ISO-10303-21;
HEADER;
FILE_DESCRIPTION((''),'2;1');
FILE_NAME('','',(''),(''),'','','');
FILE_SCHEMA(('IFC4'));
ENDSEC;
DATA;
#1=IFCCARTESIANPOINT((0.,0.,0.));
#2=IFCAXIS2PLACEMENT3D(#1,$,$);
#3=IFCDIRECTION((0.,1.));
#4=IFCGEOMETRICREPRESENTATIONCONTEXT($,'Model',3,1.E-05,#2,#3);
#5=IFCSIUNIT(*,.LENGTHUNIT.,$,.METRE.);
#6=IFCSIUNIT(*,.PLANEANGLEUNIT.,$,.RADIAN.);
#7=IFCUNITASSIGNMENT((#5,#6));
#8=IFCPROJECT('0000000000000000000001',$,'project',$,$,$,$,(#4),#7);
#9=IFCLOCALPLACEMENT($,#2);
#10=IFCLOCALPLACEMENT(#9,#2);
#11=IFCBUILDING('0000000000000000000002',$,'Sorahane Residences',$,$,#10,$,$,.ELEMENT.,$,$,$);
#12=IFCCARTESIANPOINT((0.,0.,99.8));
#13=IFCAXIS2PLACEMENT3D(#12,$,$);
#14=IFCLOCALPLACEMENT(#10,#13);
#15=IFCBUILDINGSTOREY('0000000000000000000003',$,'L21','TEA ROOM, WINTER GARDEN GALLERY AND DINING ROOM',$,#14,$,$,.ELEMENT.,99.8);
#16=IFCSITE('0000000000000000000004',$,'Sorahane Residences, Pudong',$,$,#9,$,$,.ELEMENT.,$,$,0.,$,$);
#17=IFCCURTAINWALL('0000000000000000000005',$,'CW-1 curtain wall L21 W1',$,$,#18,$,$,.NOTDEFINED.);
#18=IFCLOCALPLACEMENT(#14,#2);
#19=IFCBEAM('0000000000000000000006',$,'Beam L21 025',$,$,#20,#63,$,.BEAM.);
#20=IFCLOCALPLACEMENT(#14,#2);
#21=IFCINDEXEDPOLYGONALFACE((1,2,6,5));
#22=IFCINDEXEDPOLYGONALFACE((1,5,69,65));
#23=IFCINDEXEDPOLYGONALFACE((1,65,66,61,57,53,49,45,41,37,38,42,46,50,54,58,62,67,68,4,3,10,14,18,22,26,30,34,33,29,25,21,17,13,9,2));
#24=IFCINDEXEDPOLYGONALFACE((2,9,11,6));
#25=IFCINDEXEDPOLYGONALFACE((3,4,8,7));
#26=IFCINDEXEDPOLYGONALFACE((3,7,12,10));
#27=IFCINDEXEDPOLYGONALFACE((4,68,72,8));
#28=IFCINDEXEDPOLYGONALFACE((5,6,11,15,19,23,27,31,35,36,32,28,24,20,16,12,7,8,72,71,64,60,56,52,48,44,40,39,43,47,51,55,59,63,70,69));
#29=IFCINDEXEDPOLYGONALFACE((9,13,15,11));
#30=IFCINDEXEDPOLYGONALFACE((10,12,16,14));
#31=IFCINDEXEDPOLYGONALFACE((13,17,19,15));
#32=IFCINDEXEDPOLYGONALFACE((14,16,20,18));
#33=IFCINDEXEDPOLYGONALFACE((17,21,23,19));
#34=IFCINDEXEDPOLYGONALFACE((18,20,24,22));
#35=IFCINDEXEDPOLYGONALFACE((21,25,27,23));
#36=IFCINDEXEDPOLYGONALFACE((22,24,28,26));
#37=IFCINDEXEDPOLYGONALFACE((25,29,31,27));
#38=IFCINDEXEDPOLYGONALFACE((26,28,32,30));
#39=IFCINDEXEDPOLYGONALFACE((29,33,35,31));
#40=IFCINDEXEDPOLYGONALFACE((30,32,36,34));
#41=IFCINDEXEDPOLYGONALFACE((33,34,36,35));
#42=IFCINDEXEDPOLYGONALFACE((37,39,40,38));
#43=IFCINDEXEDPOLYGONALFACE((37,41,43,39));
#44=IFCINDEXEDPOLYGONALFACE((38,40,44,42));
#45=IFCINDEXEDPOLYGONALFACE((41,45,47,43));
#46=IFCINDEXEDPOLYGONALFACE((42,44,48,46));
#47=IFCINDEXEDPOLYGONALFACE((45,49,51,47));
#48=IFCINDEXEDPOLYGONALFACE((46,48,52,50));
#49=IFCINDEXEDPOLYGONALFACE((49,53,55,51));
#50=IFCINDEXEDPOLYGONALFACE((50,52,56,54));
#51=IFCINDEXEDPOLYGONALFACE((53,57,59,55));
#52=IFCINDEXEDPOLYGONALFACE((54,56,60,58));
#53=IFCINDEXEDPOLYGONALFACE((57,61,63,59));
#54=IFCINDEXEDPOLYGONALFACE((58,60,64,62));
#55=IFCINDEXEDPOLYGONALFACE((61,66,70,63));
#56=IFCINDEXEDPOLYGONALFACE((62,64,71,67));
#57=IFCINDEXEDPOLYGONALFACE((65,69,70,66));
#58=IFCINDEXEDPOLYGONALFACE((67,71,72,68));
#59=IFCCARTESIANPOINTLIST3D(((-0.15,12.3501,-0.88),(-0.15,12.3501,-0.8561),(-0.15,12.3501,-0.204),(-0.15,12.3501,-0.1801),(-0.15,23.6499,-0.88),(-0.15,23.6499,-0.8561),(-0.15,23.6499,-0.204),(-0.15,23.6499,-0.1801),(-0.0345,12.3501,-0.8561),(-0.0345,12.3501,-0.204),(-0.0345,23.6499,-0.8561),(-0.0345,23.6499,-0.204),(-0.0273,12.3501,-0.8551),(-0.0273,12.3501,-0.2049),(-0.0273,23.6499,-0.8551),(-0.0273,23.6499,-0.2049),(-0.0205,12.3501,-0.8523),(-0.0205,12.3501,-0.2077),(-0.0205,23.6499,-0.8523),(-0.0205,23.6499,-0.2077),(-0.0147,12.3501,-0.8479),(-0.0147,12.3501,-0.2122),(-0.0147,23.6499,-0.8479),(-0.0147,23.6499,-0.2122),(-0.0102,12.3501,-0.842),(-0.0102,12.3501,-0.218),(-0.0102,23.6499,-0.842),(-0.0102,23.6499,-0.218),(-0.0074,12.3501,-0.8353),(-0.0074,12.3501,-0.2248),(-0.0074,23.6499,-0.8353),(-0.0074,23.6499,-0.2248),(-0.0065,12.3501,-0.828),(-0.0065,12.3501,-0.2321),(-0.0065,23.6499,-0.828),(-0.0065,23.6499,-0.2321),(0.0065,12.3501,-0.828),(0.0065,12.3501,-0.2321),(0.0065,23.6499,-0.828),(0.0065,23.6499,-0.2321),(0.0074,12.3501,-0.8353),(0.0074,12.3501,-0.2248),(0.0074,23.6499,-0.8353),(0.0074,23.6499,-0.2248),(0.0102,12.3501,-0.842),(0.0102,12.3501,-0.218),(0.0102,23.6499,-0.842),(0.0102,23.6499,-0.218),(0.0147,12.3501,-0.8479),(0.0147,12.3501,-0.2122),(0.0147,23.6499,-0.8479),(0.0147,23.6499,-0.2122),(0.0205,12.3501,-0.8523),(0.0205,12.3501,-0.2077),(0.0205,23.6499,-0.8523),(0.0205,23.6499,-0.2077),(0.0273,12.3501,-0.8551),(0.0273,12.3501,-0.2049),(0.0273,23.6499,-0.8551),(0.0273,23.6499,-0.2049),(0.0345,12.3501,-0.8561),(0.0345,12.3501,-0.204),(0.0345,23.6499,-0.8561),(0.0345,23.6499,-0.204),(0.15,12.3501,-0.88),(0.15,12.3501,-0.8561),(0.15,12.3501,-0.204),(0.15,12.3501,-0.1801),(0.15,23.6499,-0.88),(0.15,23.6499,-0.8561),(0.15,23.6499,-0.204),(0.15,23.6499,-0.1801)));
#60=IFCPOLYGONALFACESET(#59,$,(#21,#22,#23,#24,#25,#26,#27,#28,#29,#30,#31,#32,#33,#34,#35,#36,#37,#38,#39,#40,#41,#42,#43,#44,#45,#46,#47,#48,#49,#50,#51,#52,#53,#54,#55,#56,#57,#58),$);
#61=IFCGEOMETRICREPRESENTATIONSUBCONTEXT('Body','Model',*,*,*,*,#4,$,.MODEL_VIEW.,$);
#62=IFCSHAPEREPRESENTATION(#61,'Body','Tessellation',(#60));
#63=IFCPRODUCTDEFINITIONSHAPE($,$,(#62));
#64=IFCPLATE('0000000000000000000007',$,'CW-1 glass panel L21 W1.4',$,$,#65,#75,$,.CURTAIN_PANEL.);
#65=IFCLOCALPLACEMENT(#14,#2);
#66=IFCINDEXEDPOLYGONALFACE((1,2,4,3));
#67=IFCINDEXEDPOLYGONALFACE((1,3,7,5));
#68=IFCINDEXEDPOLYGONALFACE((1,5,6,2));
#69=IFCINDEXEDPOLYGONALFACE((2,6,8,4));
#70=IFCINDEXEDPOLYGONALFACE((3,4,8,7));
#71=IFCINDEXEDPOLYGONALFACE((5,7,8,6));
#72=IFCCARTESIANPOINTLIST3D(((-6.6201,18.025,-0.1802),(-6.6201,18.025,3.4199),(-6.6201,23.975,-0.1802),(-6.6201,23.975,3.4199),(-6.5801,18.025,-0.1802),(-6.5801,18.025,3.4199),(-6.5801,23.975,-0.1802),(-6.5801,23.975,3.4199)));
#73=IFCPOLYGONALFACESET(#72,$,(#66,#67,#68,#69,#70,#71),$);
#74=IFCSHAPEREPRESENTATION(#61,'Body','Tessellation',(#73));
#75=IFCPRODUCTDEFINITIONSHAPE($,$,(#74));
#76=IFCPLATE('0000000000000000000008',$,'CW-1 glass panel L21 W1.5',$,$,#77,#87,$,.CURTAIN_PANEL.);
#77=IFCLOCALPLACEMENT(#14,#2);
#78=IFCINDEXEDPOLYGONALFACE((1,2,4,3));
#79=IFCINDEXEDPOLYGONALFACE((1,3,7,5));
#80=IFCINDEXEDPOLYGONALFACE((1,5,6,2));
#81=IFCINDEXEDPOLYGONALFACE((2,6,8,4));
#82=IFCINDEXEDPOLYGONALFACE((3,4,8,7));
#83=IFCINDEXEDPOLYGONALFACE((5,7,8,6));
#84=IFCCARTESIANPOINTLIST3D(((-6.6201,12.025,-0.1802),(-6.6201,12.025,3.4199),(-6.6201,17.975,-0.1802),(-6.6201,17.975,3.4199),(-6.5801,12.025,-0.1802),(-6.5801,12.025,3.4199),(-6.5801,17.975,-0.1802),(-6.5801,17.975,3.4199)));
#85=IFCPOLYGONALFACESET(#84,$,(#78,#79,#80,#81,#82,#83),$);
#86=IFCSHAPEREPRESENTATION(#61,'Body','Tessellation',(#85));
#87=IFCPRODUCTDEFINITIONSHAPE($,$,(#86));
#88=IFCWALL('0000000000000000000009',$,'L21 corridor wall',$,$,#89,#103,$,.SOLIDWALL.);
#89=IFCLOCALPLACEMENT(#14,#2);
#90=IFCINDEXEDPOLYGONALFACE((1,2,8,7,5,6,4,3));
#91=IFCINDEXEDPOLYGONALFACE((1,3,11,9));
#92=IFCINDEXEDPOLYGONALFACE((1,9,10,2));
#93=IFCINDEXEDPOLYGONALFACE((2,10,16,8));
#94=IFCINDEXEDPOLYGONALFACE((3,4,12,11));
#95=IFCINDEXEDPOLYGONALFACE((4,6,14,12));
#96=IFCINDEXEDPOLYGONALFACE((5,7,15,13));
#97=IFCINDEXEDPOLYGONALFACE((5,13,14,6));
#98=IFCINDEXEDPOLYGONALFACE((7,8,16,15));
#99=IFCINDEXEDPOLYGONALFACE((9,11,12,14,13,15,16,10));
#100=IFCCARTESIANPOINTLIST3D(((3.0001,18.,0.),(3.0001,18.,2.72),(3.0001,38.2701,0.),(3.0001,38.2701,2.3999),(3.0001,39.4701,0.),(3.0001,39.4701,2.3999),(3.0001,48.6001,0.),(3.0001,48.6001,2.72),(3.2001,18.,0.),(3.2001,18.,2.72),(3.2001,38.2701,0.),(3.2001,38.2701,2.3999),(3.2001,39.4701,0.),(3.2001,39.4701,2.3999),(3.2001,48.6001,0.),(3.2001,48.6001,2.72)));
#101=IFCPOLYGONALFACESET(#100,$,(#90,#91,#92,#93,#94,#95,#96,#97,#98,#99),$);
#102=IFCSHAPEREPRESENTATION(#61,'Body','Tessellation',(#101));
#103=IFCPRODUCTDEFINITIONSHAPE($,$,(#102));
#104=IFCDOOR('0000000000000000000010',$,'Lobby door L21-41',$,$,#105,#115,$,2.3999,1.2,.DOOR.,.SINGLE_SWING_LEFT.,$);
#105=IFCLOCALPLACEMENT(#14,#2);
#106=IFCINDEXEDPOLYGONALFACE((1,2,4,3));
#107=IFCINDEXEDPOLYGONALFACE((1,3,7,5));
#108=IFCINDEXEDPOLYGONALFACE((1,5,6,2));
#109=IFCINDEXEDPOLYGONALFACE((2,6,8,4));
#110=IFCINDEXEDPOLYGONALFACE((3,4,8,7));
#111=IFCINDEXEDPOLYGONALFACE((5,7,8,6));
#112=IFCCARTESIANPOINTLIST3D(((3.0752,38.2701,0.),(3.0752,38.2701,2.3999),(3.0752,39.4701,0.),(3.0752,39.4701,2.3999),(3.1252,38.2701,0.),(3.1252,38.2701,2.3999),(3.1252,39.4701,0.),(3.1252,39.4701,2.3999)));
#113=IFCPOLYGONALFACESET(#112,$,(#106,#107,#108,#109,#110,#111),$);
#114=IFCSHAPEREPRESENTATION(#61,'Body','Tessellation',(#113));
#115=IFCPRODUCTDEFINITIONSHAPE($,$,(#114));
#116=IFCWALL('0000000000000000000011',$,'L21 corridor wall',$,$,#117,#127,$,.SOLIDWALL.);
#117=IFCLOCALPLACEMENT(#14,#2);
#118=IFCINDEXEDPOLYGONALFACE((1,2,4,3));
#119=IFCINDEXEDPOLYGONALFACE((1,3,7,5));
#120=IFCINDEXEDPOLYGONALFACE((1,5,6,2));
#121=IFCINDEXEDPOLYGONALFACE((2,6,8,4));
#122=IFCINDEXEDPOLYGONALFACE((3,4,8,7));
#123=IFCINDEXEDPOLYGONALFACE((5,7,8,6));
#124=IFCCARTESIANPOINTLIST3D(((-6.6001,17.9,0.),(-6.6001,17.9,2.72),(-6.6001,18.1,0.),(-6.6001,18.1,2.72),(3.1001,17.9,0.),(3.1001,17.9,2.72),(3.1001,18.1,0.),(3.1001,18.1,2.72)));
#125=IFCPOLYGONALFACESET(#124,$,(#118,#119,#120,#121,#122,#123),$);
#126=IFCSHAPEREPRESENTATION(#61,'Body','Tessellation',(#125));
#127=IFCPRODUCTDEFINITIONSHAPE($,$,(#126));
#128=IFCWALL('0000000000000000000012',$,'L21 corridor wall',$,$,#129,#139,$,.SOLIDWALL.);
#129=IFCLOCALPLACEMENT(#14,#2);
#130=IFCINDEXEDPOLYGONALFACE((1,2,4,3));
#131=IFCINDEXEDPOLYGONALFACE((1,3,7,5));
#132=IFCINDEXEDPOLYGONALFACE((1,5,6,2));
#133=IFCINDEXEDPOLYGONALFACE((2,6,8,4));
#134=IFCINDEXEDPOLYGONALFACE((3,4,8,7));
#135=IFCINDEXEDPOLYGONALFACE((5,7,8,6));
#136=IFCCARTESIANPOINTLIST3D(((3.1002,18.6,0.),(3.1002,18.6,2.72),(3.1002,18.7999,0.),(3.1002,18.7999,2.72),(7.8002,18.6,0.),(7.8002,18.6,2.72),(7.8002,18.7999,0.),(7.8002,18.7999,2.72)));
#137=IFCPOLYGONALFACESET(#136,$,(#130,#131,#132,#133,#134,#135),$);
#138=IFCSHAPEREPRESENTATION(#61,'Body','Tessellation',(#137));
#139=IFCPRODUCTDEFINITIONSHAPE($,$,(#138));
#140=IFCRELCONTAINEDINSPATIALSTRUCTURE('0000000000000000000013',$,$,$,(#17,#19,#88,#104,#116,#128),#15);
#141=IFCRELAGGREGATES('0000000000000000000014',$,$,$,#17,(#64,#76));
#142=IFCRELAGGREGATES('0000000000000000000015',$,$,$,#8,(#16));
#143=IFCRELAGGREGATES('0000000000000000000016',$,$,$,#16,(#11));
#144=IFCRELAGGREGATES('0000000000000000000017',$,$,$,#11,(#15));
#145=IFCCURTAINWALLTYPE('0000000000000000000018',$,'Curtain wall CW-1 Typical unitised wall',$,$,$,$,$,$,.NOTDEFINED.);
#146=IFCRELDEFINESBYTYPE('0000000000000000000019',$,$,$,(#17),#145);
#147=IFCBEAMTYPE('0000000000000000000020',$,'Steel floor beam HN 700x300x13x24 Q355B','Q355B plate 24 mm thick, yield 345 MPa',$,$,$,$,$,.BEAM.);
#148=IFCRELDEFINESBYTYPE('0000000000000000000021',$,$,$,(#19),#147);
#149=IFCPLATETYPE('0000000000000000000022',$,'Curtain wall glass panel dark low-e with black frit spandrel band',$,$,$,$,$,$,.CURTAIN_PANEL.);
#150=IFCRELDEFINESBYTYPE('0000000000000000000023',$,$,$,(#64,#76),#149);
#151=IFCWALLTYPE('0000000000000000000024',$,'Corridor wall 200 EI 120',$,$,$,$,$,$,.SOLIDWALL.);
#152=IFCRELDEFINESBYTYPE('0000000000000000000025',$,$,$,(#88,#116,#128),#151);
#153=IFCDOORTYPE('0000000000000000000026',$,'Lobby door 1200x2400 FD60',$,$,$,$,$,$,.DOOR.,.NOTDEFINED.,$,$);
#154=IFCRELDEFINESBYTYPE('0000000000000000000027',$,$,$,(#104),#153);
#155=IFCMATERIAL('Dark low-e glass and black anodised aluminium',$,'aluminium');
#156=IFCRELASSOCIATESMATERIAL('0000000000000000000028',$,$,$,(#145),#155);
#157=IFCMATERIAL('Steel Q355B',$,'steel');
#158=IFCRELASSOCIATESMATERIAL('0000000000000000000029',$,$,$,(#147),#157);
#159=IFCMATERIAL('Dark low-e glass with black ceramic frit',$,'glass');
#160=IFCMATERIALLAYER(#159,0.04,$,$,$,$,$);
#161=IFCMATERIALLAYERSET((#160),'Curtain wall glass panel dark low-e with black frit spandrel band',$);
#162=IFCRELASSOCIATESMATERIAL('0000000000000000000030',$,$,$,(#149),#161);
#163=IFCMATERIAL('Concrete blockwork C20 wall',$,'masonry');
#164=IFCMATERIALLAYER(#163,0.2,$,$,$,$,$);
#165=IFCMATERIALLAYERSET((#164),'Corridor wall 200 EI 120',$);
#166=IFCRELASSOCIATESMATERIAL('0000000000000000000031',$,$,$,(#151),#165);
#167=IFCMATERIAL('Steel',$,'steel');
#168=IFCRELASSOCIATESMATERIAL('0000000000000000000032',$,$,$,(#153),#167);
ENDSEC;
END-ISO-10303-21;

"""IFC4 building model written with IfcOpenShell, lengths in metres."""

from ifc_helpers import new_model, si_unit, direction, frame, frame_2d, origin, origin_2d, place, context, subcontext, project, spatial, rectangle, i_section, extrude, material, layer, layer_set, material_profile, profile_set, type_object, element, fill, aggregate, save


model = new_model("IFC4")

# Units and contexts
model_context = context("Model", 3, precision=1e-05, world=origin(), true_north=direction((0.0, 1.0)))
body_context = subcontext(model_context, "Body", "Model", "MODEL_VIEW")
ifc_project = project(units=[si_unit("LENGTHUNIT", "METRE"), si_unit("PLANEANGLEUNIT", "RADIAN")], contexts=[model_context])

# Site, building, storey
site_placement = place(None, origin())
site = spatial("IfcSite", under=ifc_project, at=site_placement, Name="Sorahane Residences, Pudong", CompositionType="ELEMENT", RefElevation=0.0)
building_placement = place(site_placement, origin())
building = spatial("IfcBuilding", under=site, at=building_placement, Name="Sorahane Residences", CompositionType="ELEMENT")
storey_placement = place(building_placement, frame((0.0, 0.0, 99.8)))
storey = spatial("IfcBuildingStorey", under=building, at=storey_placement, Name="L21", Description="TEA ROOM, WINTER GARDEN GALLERY AND DINING ROOM", CompositionType="ELEMENT", Elevation=99.8)

# Curtain wall
ifc_material_1 = material(Name="Dark low-e glass and black anodised aluminium", Category="aluminium")
curtain_wall_type = type_object("IfcCurtainWallType", Name="Curtain wall CW-1 Typical unitised wall", PredefinedType="NOTDEFINED", material=ifc_material_1)
curtain_wall_placement = place(storey_placement, origin())
curtain_wall = element("IfcCurtainWall", 1, at=curtain_wall_placement, inside=storey, type_object=curtain_wall_type, Name="CW-1 curtain wall L21 W1", PredefinedType="NOTDEFINED")

# Beam
ifc_material_2 = material(Name="Steel Q355B", Category="steel")
ifc_material_profile_1 = material_profile(ifc_material_2, i_section(OverallWidth=0.3, OverallDepth=0.7, WebThickness=0.0129, FlangeThickness=0.0239, FilletRadius=0.0281, at=origin_2d()), Name="HN 700x300x13x24")
ifc_profile_set_1 = profile_set([ifc_material_profile_1], Name="Steel Q355B")
beam_type_1 = type_object("IfcBeamType", Name="Steel floor beam HN 700x300x13x24 Q355B", Description="Q355B plate 24 mm thick, yield 345 MPa", PredefinedType="BEAM", material=ifc_profile_set_1)
beam_1_placement = place(storey_placement, frame((0.0, 12.3501, -0.53), z_axis=(0.0, 1.0, 0.0), x_axis=(-1.0, 0.0, 0.0)))
element("IfcBeam", 2, at=beam_1_placement, inside=storey, type_object=beam_type_1, Name="Beam L21 025", PredefinedType="BEAM", context=body_context, shape_type="SweptSolid", body=[
    extrude(i_section(OverallWidth=0.3, OverallDepth=0.7, WebThickness=0.0129, FlangeThickness=0.0239, FilletRadius=0.0281, at=origin_2d()), origin(), (0.0, 0.0, 1.0), 11.2998),
])

# Plates
ifc_material_3 = material(Name="Dark low-e glass with black ceramic frit", Category="glass")
ifc_layer_1 = layer(ifc_material_3, 0.04)
ifc_layer_set_1 = layer_set([ifc_layer_1], Name="Curtain wall glass panel dark low-e with black frit spandrel band")
plate_type = type_object("IfcPlateType", Name="Curtain wall glass panel dark low-e with black frit spandrel band", PredefinedType="CURTAIN_PANEL", material=ifc_layer_set_1)
plate_1_placement = place(storey_placement, frame((-6.6001, 21.0, -0.1802), z_axis=(0.0, 0.0, 1.0), x_axis=(0.0, -1.0, 0.0)))
plate_1 = element("IfcPlate", 3, at=plate_1_placement, type_object=plate_type, Name="CW-1 glass panel L21 W1.4", PredefinedType="CURTAIN_PANEL", context=body_context, shape_type="SweptSolid", body=[
    extrude(rectangle(XDim=5.95, YDim=0.04, at=origin_2d()), origin(), (0.0, 0.0, 1.0), 3.6001),
])
plate_2_placement = place(storey_placement, frame((-6.6001, 15.0, -0.1802), z_axis=(0.0, 0.0, 1.0), x_axis=(0.0, -1.0, 0.0)))
plate_2 = element("IfcPlate", 4, at=plate_2_placement, type_object=plate_type, Name="CW-1 glass panel L21 W1.5", PredefinedType="CURTAIN_PANEL", context=body_context, shape_type="SweptSolid", body=[
    extrude(rectangle(XDim=5.95, YDim=0.04, at=origin_2d()), origin(), (0.0, 0.0, 1.0), 3.6001),
])
aggregate(curtain_wall, [plate_1, plate_2])

# Wall, opening, door
ifc_material_4 = material(Name="Concrete blockwork C20 wall", Category="masonry")
ifc_layer_2 = layer(ifc_material_4, 0.2)
ifc_layer_set_2 = layer_set([ifc_layer_2], Name="Corridor wall 200 EI 120")
wall_type_1 = type_object("IfcWallType", Name="Corridor wall 200 EI 120", PredefinedType="SOLIDWALL", material=ifc_layer_set_2)
wall_1_placement = place(storey_placement, frame((3.1001, 18.0, 0.0), z_axis=(0.0, 0.0, 1.0), x_axis=(0.0, 1.0, 0.0)))
wall_1 = element("IfcWall", 5, at=wall_1_placement, inside=storey, type_object=wall_type_1, Name="L21 corridor wall", PredefinedType="SOLIDWALL", context=body_context, shape_type="SweptSolid", body=[
    extrude(rectangle(XDim=30.6001, YDim=0.2, at=frame_2d((15.3, 0.0))), origin(), (0.0, 0.0, 1.0), 2.72),
])
opening_1_placement = place(wall_1_placement, frame((20.27, 0.0, 0.0)))
opening_1 = element("IfcOpeningElement", 6, at=opening_1_placement, cuts=wall_1, PredefinedType="OPENING", context=body_context, shape_type="SweptSolid", body=[
    extrude(rectangle(XDim=1.2, YDim=2.3999, at=frame_2d((0.6001, 1.2))), frame((0.0, 0.1099, 0.0), z_axis=(0.0, -1.0, 0.0), x_axis=(1.0, 0.0, 0.0)), (0.0, 0.0, 1.0), 0.22),
])
ifc_material_5 = material(Name="Steel", Category="steel")
door_type_1 = type_object("IfcDoorType", Name="Lobby door 1200x2400 FD60", OperationType="NOTDEFINED", PredefinedType="DOOR", material=ifc_material_5)
door_1_placement = place(opening_1_placement, origin())
door_1 = element("IfcDoor", 7, at=door_1_placement, inside=storey, type_object=door_type_1, Name="Lobby door L21-41", OperationType="SINGLE_SWING_LEFT", OverallHeight=2.3999, OverallWidth=1.2, PredefinedType="DOOR", context=body_context, shape_type="SweptSolid", body=[
    extrude(rectangle(XDim=1.2, YDim=2.3999, at=frame_2d((0.6001, 1.2))), frame((0.0, 0.0249, 0.0), z_axis=(0.0, -1.0, 0.0), x_axis=(1.0, 0.0, 0.0)), (0.0, 0.0, 1.0), 0.05),
])
fill(opening_1, door_1)

# Walls
wall_2_placement = place(storey_placement, frame((-6.6001, 18.0, 0.0), z_axis=(0.0, 0.0, 1.0), x_axis=(1.0, 0.0, 0.0)))
element("IfcWall", 8, at=wall_2_placement, inside=storey, type_object=wall_type_1, Name="L21 corridor wall", PredefinedType="SOLIDWALL", context=body_context, shape_type="SweptSolid", body=[
    extrude(rectangle(XDim=9.7002, YDim=0.2, at=frame_2d((4.8501, 0.0))), origin(), (0.0, 0.0, 1.0), 2.72),
])
wall_3_placement = place(storey_placement, frame((3.1001, 18.7, 0.0), z_axis=(0.0, 0.0, 1.0), x_axis=(1.0, 0.0, 0.0)))
element("IfcWall", 9, at=wall_3_placement, inside=storey, type_object=wall_type_1, Name="L21 corridor wall", PredefinedType="SOLIDWALL", context=body_context, shape_type="SweptSolid", body=[
    extrude(rectangle(XDim=4.7, YDim=0.2, at=frame_2d((2.3501, 0.0))), origin(), (0.0, 0.0, 1.0), 2.72),
])

save(model, "model.ifc")
